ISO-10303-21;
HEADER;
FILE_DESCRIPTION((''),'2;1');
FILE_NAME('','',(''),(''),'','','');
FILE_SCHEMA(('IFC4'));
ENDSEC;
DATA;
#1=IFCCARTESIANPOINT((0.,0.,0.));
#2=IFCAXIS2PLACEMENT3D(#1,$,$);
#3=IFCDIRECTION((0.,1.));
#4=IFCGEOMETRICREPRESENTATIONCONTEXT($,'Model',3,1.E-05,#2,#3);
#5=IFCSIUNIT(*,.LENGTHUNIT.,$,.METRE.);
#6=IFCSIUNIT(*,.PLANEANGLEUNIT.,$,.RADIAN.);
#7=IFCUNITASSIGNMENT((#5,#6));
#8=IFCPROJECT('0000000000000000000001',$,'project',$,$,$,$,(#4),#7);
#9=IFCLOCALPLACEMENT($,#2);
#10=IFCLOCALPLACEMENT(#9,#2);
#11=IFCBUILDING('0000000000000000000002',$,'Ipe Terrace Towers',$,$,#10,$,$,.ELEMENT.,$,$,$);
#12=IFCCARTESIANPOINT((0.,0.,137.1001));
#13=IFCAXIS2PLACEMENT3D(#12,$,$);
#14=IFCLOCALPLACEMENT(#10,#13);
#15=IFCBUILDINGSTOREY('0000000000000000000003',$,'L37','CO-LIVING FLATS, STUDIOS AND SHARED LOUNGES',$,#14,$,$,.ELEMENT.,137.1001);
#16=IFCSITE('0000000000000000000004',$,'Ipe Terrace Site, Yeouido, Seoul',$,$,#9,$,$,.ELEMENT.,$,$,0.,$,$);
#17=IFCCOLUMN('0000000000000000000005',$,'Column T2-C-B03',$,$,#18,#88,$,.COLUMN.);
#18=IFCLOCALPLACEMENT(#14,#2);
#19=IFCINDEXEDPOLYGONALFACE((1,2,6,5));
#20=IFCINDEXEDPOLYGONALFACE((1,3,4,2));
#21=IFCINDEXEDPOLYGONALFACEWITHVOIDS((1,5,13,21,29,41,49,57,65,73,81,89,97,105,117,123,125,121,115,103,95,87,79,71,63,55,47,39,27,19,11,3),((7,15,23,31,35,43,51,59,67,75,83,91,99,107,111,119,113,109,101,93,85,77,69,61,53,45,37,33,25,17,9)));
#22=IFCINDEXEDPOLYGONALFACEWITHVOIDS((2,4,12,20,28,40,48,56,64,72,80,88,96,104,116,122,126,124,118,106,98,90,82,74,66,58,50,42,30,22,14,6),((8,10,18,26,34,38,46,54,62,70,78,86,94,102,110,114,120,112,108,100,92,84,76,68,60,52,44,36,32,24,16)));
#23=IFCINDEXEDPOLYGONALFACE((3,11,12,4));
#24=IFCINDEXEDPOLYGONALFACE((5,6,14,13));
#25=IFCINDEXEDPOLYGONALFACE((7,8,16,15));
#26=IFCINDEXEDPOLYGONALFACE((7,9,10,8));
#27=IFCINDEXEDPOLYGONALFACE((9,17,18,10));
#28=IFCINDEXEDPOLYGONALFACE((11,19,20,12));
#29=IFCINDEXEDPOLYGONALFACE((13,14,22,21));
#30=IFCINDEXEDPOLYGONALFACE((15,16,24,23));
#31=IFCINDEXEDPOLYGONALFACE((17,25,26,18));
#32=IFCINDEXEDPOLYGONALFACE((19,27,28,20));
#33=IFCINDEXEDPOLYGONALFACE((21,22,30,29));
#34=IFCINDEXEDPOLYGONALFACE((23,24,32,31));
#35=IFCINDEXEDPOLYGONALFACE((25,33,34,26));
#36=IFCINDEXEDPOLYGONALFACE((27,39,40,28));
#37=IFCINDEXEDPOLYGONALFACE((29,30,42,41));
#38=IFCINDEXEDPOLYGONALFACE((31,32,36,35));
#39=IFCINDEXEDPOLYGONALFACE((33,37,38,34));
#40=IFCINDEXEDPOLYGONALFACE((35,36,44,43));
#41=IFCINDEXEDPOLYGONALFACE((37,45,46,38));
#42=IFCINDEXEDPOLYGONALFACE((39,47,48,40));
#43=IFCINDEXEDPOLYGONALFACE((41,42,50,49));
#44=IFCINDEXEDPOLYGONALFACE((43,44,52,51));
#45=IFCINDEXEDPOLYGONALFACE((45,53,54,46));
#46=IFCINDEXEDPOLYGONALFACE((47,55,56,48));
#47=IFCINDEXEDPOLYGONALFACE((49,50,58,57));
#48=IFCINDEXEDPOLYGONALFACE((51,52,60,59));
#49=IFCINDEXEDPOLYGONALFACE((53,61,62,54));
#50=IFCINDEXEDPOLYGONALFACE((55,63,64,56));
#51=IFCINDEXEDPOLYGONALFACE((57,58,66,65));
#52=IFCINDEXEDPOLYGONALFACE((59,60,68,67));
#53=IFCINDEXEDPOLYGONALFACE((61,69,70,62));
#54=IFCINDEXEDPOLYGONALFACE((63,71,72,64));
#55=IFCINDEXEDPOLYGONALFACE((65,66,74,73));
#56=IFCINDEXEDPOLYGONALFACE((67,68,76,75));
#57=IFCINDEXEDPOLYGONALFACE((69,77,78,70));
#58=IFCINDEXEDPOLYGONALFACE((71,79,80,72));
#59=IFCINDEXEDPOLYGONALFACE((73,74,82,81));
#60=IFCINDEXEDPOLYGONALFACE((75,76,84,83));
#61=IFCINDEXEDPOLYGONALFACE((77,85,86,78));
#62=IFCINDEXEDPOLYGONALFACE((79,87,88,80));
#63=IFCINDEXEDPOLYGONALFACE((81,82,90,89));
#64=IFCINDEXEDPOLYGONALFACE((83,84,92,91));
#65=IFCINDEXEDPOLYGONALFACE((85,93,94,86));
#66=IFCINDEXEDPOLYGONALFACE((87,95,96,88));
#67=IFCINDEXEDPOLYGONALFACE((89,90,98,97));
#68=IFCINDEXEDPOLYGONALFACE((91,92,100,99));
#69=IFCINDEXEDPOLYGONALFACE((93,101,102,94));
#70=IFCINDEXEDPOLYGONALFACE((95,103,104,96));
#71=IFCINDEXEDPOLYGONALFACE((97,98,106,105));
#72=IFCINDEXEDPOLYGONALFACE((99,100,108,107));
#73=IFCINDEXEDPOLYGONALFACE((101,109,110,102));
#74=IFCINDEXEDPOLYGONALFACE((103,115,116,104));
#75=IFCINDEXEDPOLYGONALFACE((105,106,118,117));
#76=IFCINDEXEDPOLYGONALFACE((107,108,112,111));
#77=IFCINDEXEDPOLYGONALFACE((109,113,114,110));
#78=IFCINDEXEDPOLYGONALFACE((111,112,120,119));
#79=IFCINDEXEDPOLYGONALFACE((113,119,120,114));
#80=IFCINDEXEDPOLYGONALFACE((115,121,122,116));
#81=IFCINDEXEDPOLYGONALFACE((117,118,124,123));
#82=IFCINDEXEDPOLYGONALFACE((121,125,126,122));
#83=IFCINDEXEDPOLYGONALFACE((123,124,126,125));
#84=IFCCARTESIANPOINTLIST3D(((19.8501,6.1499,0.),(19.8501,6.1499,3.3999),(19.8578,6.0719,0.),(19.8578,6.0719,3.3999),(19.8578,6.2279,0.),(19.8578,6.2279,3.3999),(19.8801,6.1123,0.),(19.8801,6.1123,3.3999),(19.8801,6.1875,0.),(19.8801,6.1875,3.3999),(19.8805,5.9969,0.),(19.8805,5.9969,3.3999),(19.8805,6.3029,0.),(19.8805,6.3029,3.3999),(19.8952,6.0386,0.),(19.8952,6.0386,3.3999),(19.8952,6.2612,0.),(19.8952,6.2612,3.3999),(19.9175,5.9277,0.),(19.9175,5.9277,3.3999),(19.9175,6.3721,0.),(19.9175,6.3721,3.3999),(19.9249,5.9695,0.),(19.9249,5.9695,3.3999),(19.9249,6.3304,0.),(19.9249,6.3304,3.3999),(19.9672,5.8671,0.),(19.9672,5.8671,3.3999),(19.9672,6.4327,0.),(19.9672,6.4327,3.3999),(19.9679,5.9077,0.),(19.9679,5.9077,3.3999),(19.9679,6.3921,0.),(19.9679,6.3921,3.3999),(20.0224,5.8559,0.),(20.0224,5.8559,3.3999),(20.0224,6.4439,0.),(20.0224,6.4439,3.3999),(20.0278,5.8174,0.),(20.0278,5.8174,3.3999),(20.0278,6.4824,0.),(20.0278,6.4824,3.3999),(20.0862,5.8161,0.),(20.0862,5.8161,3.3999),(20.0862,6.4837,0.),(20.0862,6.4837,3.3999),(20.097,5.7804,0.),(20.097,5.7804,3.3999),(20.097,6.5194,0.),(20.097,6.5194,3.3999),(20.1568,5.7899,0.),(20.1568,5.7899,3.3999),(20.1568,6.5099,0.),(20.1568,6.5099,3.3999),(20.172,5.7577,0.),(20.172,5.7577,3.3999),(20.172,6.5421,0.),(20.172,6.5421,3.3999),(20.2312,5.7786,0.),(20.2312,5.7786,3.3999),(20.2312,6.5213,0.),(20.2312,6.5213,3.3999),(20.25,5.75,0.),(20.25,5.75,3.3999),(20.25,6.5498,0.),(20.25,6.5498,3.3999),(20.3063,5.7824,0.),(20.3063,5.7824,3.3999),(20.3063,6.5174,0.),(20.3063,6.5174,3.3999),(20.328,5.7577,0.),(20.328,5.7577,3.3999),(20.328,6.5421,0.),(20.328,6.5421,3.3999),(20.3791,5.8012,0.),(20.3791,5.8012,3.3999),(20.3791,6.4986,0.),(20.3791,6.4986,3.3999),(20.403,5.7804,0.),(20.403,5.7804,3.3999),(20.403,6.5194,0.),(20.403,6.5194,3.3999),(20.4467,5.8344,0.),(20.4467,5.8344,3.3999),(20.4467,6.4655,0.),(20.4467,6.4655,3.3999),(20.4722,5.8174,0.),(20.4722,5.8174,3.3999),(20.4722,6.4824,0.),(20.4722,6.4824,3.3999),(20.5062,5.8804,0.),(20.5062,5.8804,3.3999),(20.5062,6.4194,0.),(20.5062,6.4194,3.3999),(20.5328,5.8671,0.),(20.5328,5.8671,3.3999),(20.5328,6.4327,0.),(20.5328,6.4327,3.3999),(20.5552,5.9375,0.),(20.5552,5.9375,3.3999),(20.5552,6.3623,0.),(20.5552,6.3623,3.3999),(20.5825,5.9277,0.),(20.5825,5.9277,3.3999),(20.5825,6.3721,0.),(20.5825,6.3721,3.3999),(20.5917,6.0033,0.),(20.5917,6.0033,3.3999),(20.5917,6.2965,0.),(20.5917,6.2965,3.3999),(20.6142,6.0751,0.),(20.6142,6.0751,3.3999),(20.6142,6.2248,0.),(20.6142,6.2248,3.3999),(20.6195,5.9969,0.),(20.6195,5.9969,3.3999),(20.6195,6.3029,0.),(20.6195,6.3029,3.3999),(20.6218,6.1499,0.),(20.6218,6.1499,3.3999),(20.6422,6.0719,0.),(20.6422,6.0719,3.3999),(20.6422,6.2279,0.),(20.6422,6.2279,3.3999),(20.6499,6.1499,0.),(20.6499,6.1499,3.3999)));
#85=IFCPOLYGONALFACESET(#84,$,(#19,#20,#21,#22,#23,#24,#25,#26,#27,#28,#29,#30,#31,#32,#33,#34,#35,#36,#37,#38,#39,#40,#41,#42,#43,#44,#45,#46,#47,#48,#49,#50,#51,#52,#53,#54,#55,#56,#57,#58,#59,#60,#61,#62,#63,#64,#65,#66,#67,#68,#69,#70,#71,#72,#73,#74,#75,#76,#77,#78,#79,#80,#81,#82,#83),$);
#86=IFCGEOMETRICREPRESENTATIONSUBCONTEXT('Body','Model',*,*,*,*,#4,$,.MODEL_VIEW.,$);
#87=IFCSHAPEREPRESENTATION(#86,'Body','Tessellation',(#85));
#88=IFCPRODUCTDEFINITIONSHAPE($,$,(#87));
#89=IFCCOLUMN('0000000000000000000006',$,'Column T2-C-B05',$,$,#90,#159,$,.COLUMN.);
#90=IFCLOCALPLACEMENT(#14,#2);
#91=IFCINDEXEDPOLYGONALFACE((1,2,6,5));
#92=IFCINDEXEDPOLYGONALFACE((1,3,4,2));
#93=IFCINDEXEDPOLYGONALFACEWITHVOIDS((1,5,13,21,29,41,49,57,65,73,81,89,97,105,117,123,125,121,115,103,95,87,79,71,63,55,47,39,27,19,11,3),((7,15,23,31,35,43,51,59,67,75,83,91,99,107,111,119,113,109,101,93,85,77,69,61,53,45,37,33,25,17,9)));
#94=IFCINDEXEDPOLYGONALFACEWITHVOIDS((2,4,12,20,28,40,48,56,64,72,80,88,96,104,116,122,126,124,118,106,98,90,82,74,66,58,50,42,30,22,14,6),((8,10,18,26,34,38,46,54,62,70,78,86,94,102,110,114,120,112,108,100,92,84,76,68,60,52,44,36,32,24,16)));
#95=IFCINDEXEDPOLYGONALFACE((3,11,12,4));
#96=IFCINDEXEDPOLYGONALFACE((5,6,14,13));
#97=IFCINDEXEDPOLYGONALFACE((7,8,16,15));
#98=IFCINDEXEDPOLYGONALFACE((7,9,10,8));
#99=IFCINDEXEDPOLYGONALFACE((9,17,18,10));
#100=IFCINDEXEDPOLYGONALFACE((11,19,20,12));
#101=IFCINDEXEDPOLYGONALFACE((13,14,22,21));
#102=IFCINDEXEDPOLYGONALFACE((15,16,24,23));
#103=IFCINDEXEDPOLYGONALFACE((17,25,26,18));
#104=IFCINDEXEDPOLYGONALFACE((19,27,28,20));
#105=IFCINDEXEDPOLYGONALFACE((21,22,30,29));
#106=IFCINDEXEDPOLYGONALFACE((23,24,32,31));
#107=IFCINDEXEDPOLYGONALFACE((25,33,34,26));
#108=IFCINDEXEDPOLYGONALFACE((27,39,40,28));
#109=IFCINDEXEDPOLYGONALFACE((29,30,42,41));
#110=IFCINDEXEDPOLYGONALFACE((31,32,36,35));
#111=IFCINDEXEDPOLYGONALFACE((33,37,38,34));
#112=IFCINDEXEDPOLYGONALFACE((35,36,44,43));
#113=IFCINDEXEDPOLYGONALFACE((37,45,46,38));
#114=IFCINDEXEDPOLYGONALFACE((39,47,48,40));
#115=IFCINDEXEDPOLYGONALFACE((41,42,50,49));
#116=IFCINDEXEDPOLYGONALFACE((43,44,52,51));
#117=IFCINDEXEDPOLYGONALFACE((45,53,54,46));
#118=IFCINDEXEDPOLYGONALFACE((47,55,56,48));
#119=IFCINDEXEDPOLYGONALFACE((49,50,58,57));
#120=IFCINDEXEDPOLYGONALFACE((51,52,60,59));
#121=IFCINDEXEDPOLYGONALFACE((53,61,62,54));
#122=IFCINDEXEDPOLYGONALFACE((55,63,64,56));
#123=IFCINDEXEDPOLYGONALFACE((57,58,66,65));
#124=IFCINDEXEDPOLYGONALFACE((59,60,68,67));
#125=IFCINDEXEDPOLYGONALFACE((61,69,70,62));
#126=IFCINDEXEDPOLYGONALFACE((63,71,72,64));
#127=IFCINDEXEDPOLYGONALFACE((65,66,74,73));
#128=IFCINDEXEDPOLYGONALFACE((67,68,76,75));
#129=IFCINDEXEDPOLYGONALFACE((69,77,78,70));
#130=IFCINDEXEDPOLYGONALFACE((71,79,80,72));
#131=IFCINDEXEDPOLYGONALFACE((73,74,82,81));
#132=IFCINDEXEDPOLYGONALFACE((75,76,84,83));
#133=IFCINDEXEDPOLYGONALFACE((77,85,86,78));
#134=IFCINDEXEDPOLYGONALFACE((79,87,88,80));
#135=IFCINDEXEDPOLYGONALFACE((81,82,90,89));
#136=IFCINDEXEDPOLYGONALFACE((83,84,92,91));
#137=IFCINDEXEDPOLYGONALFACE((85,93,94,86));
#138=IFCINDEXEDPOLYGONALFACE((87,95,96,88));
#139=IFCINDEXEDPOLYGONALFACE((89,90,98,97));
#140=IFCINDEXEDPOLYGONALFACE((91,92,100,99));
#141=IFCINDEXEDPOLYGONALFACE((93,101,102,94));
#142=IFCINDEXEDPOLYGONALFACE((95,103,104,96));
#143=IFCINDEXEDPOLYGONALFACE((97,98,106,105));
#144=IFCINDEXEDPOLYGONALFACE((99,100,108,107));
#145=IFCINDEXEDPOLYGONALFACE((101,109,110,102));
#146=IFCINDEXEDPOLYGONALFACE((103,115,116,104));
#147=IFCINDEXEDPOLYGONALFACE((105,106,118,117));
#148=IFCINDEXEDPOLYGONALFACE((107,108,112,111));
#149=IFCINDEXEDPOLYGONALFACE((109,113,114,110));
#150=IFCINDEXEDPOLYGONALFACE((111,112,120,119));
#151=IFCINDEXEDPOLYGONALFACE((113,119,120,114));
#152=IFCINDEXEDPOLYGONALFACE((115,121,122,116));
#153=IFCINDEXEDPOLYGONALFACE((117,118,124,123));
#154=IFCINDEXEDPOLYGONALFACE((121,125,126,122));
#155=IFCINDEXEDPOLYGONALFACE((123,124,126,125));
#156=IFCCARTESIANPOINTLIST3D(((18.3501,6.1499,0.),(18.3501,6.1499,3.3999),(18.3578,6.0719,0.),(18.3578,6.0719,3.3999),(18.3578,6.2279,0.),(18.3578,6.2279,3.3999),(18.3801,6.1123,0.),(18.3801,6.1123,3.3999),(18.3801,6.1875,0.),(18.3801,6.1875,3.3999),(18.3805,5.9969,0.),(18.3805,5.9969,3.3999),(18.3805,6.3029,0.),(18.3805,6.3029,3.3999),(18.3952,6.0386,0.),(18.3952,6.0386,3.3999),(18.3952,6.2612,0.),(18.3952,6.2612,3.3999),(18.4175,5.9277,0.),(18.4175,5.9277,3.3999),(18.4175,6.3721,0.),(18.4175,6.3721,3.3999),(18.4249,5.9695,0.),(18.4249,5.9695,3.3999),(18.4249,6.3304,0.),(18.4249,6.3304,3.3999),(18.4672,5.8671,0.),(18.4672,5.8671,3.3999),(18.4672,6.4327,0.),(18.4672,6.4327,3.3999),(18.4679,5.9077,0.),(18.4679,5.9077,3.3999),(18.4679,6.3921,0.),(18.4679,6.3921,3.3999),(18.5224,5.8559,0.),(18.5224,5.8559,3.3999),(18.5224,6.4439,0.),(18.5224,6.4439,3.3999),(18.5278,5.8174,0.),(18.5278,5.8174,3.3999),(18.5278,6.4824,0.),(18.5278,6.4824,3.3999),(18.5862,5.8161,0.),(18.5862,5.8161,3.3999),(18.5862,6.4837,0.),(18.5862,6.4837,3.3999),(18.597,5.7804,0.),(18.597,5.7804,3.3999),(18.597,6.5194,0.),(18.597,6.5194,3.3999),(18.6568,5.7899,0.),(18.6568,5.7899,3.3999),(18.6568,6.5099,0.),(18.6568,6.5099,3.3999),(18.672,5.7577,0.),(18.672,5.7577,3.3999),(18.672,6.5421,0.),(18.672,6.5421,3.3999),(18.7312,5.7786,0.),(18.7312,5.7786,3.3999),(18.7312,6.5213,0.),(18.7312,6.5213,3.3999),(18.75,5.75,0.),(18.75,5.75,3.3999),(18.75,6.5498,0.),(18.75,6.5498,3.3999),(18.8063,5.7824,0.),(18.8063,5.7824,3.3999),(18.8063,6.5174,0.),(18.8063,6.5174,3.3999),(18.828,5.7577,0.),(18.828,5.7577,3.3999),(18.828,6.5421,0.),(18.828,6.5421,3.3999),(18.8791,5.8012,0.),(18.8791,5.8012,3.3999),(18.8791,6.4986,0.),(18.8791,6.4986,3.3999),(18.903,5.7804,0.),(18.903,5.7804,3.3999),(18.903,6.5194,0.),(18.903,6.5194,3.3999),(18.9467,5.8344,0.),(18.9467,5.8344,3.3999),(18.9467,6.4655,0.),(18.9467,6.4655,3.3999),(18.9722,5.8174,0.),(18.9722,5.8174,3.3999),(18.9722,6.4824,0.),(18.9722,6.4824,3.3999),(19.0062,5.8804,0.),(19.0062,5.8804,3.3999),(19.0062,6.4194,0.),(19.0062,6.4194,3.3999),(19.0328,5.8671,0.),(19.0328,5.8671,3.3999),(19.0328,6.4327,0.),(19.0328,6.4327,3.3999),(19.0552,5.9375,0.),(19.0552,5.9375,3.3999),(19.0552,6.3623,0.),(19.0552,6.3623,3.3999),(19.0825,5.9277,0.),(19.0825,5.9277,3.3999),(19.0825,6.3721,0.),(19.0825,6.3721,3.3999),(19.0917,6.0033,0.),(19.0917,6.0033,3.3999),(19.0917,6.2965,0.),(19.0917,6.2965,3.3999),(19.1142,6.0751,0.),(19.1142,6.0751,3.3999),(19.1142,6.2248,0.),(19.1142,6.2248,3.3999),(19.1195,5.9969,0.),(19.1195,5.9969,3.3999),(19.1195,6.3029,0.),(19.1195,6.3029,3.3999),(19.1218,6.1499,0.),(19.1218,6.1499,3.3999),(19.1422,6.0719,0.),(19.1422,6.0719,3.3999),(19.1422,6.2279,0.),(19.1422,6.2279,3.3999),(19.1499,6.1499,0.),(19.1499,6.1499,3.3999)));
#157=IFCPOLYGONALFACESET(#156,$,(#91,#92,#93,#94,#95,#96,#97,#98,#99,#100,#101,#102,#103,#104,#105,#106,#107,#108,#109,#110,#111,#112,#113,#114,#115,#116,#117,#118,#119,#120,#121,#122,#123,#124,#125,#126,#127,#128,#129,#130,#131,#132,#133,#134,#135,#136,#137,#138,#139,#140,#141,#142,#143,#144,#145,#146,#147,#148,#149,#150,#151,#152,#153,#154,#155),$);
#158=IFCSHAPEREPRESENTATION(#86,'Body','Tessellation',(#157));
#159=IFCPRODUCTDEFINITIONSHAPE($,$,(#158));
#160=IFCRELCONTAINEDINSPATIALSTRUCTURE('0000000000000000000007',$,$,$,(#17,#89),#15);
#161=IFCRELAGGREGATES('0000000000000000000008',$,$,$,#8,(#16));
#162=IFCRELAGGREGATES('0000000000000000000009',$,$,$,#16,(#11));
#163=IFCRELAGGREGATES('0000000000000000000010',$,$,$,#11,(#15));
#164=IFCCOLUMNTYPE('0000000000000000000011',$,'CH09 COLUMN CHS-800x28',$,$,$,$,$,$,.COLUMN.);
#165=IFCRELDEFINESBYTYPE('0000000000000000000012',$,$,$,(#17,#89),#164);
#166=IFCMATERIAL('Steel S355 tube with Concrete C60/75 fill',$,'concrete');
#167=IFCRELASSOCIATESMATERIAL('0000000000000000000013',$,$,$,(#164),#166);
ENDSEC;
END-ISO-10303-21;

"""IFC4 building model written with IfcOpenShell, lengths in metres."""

from ifc_helpers import new_model, si_unit, direction, frame, origin, origin_2d, place, context, subcontext, project, spatial, hollow_circle, extrude, material, material_profile, profile_set, type_object, element, save


model = new_model("IFC4")

# Units and contexts
model_context = context("Model", 3, precision=1e-05, world=origin(), true_north=direction((0.0, 1.0)))
body_context = subcontext(model_context, "Body", "Model", "MODEL_VIEW")
ifc_project = project(units=[si_unit("LENGTHUNIT", "METRE"), si_unit("PLANEANGLEUNIT", "RADIAN")], contexts=[model_context])

# Site, building, storey
site_placement = place(None, origin())
site = spatial("IfcSite", under=ifc_project, at=site_placement, Name="Ipe Terrace Site, Yeouido, Seoul", CompositionType="ELEMENT", RefElevation=0.0)
building_placement = place(site_placement, origin())
building = spatial("IfcBuilding", under=site, at=building_placement, Name="Ipe Terrace Towers", CompositionType="ELEMENT")
storey_placement = place(building_placement, frame((0.0, 0.0, 137.1001)))
storey = spatial("IfcBuildingStorey", under=building, at=storey_placement, Name="L37", Description="CO-LIVING FLATS, STUDIOS AND SHARED LOUNGES", CompositionType="ELEMENT", Elevation=137.1001)

# Columns
ifc_material_1 = material(Name="Steel S355 tube with Concrete C60/75 fill", Category="concrete")
ifc_material_profile_1 = material_profile(ifc_material_1, hollow_circle(Radius=0.3999, WallThickness=0.0281, at=origin_2d()), Name="CHS-800x28")
ifc_profile_set_1 = profile_set([ifc_material_profile_1], Name="Steel S355 tube with Concrete C60/75 fill")
column_type_1 = type_object("IfcColumnType", Name="CH09 COLUMN CHS-800x28", PredefinedType="COLUMN", material=ifc_profile_set_1)
for number, where, z_axis, x_axis, name in (
    (1, (20.25, 6.1499, 0.0), (0.0, 0.0, 1.0), (1.0, 0.0, 0.0), "Column T2-C-B03"),
    (2, (18.75, 6.1499, 0.0), (0.0, 0.0, 1.0), (1.0, 0.0, 0.0), "Column T2-C-B05"),
):
    element("IfcColumn", number, at=place(storey_placement, frame(where, z_axis=z_axis, x_axis=x_axis)), inside=storey, type_object=column_type_1, Name=name, PredefinedType="COLUMN", context=body_context, shape_type="SweptSolid", body=[
        extrude(hollow_circle(Radius=0.3999, WallThickness=0.0281, at=origin_2d()), origin(), (0.0, 0.0, 1.0), 3.3999),
    ])

save(model, "model.ifc")
